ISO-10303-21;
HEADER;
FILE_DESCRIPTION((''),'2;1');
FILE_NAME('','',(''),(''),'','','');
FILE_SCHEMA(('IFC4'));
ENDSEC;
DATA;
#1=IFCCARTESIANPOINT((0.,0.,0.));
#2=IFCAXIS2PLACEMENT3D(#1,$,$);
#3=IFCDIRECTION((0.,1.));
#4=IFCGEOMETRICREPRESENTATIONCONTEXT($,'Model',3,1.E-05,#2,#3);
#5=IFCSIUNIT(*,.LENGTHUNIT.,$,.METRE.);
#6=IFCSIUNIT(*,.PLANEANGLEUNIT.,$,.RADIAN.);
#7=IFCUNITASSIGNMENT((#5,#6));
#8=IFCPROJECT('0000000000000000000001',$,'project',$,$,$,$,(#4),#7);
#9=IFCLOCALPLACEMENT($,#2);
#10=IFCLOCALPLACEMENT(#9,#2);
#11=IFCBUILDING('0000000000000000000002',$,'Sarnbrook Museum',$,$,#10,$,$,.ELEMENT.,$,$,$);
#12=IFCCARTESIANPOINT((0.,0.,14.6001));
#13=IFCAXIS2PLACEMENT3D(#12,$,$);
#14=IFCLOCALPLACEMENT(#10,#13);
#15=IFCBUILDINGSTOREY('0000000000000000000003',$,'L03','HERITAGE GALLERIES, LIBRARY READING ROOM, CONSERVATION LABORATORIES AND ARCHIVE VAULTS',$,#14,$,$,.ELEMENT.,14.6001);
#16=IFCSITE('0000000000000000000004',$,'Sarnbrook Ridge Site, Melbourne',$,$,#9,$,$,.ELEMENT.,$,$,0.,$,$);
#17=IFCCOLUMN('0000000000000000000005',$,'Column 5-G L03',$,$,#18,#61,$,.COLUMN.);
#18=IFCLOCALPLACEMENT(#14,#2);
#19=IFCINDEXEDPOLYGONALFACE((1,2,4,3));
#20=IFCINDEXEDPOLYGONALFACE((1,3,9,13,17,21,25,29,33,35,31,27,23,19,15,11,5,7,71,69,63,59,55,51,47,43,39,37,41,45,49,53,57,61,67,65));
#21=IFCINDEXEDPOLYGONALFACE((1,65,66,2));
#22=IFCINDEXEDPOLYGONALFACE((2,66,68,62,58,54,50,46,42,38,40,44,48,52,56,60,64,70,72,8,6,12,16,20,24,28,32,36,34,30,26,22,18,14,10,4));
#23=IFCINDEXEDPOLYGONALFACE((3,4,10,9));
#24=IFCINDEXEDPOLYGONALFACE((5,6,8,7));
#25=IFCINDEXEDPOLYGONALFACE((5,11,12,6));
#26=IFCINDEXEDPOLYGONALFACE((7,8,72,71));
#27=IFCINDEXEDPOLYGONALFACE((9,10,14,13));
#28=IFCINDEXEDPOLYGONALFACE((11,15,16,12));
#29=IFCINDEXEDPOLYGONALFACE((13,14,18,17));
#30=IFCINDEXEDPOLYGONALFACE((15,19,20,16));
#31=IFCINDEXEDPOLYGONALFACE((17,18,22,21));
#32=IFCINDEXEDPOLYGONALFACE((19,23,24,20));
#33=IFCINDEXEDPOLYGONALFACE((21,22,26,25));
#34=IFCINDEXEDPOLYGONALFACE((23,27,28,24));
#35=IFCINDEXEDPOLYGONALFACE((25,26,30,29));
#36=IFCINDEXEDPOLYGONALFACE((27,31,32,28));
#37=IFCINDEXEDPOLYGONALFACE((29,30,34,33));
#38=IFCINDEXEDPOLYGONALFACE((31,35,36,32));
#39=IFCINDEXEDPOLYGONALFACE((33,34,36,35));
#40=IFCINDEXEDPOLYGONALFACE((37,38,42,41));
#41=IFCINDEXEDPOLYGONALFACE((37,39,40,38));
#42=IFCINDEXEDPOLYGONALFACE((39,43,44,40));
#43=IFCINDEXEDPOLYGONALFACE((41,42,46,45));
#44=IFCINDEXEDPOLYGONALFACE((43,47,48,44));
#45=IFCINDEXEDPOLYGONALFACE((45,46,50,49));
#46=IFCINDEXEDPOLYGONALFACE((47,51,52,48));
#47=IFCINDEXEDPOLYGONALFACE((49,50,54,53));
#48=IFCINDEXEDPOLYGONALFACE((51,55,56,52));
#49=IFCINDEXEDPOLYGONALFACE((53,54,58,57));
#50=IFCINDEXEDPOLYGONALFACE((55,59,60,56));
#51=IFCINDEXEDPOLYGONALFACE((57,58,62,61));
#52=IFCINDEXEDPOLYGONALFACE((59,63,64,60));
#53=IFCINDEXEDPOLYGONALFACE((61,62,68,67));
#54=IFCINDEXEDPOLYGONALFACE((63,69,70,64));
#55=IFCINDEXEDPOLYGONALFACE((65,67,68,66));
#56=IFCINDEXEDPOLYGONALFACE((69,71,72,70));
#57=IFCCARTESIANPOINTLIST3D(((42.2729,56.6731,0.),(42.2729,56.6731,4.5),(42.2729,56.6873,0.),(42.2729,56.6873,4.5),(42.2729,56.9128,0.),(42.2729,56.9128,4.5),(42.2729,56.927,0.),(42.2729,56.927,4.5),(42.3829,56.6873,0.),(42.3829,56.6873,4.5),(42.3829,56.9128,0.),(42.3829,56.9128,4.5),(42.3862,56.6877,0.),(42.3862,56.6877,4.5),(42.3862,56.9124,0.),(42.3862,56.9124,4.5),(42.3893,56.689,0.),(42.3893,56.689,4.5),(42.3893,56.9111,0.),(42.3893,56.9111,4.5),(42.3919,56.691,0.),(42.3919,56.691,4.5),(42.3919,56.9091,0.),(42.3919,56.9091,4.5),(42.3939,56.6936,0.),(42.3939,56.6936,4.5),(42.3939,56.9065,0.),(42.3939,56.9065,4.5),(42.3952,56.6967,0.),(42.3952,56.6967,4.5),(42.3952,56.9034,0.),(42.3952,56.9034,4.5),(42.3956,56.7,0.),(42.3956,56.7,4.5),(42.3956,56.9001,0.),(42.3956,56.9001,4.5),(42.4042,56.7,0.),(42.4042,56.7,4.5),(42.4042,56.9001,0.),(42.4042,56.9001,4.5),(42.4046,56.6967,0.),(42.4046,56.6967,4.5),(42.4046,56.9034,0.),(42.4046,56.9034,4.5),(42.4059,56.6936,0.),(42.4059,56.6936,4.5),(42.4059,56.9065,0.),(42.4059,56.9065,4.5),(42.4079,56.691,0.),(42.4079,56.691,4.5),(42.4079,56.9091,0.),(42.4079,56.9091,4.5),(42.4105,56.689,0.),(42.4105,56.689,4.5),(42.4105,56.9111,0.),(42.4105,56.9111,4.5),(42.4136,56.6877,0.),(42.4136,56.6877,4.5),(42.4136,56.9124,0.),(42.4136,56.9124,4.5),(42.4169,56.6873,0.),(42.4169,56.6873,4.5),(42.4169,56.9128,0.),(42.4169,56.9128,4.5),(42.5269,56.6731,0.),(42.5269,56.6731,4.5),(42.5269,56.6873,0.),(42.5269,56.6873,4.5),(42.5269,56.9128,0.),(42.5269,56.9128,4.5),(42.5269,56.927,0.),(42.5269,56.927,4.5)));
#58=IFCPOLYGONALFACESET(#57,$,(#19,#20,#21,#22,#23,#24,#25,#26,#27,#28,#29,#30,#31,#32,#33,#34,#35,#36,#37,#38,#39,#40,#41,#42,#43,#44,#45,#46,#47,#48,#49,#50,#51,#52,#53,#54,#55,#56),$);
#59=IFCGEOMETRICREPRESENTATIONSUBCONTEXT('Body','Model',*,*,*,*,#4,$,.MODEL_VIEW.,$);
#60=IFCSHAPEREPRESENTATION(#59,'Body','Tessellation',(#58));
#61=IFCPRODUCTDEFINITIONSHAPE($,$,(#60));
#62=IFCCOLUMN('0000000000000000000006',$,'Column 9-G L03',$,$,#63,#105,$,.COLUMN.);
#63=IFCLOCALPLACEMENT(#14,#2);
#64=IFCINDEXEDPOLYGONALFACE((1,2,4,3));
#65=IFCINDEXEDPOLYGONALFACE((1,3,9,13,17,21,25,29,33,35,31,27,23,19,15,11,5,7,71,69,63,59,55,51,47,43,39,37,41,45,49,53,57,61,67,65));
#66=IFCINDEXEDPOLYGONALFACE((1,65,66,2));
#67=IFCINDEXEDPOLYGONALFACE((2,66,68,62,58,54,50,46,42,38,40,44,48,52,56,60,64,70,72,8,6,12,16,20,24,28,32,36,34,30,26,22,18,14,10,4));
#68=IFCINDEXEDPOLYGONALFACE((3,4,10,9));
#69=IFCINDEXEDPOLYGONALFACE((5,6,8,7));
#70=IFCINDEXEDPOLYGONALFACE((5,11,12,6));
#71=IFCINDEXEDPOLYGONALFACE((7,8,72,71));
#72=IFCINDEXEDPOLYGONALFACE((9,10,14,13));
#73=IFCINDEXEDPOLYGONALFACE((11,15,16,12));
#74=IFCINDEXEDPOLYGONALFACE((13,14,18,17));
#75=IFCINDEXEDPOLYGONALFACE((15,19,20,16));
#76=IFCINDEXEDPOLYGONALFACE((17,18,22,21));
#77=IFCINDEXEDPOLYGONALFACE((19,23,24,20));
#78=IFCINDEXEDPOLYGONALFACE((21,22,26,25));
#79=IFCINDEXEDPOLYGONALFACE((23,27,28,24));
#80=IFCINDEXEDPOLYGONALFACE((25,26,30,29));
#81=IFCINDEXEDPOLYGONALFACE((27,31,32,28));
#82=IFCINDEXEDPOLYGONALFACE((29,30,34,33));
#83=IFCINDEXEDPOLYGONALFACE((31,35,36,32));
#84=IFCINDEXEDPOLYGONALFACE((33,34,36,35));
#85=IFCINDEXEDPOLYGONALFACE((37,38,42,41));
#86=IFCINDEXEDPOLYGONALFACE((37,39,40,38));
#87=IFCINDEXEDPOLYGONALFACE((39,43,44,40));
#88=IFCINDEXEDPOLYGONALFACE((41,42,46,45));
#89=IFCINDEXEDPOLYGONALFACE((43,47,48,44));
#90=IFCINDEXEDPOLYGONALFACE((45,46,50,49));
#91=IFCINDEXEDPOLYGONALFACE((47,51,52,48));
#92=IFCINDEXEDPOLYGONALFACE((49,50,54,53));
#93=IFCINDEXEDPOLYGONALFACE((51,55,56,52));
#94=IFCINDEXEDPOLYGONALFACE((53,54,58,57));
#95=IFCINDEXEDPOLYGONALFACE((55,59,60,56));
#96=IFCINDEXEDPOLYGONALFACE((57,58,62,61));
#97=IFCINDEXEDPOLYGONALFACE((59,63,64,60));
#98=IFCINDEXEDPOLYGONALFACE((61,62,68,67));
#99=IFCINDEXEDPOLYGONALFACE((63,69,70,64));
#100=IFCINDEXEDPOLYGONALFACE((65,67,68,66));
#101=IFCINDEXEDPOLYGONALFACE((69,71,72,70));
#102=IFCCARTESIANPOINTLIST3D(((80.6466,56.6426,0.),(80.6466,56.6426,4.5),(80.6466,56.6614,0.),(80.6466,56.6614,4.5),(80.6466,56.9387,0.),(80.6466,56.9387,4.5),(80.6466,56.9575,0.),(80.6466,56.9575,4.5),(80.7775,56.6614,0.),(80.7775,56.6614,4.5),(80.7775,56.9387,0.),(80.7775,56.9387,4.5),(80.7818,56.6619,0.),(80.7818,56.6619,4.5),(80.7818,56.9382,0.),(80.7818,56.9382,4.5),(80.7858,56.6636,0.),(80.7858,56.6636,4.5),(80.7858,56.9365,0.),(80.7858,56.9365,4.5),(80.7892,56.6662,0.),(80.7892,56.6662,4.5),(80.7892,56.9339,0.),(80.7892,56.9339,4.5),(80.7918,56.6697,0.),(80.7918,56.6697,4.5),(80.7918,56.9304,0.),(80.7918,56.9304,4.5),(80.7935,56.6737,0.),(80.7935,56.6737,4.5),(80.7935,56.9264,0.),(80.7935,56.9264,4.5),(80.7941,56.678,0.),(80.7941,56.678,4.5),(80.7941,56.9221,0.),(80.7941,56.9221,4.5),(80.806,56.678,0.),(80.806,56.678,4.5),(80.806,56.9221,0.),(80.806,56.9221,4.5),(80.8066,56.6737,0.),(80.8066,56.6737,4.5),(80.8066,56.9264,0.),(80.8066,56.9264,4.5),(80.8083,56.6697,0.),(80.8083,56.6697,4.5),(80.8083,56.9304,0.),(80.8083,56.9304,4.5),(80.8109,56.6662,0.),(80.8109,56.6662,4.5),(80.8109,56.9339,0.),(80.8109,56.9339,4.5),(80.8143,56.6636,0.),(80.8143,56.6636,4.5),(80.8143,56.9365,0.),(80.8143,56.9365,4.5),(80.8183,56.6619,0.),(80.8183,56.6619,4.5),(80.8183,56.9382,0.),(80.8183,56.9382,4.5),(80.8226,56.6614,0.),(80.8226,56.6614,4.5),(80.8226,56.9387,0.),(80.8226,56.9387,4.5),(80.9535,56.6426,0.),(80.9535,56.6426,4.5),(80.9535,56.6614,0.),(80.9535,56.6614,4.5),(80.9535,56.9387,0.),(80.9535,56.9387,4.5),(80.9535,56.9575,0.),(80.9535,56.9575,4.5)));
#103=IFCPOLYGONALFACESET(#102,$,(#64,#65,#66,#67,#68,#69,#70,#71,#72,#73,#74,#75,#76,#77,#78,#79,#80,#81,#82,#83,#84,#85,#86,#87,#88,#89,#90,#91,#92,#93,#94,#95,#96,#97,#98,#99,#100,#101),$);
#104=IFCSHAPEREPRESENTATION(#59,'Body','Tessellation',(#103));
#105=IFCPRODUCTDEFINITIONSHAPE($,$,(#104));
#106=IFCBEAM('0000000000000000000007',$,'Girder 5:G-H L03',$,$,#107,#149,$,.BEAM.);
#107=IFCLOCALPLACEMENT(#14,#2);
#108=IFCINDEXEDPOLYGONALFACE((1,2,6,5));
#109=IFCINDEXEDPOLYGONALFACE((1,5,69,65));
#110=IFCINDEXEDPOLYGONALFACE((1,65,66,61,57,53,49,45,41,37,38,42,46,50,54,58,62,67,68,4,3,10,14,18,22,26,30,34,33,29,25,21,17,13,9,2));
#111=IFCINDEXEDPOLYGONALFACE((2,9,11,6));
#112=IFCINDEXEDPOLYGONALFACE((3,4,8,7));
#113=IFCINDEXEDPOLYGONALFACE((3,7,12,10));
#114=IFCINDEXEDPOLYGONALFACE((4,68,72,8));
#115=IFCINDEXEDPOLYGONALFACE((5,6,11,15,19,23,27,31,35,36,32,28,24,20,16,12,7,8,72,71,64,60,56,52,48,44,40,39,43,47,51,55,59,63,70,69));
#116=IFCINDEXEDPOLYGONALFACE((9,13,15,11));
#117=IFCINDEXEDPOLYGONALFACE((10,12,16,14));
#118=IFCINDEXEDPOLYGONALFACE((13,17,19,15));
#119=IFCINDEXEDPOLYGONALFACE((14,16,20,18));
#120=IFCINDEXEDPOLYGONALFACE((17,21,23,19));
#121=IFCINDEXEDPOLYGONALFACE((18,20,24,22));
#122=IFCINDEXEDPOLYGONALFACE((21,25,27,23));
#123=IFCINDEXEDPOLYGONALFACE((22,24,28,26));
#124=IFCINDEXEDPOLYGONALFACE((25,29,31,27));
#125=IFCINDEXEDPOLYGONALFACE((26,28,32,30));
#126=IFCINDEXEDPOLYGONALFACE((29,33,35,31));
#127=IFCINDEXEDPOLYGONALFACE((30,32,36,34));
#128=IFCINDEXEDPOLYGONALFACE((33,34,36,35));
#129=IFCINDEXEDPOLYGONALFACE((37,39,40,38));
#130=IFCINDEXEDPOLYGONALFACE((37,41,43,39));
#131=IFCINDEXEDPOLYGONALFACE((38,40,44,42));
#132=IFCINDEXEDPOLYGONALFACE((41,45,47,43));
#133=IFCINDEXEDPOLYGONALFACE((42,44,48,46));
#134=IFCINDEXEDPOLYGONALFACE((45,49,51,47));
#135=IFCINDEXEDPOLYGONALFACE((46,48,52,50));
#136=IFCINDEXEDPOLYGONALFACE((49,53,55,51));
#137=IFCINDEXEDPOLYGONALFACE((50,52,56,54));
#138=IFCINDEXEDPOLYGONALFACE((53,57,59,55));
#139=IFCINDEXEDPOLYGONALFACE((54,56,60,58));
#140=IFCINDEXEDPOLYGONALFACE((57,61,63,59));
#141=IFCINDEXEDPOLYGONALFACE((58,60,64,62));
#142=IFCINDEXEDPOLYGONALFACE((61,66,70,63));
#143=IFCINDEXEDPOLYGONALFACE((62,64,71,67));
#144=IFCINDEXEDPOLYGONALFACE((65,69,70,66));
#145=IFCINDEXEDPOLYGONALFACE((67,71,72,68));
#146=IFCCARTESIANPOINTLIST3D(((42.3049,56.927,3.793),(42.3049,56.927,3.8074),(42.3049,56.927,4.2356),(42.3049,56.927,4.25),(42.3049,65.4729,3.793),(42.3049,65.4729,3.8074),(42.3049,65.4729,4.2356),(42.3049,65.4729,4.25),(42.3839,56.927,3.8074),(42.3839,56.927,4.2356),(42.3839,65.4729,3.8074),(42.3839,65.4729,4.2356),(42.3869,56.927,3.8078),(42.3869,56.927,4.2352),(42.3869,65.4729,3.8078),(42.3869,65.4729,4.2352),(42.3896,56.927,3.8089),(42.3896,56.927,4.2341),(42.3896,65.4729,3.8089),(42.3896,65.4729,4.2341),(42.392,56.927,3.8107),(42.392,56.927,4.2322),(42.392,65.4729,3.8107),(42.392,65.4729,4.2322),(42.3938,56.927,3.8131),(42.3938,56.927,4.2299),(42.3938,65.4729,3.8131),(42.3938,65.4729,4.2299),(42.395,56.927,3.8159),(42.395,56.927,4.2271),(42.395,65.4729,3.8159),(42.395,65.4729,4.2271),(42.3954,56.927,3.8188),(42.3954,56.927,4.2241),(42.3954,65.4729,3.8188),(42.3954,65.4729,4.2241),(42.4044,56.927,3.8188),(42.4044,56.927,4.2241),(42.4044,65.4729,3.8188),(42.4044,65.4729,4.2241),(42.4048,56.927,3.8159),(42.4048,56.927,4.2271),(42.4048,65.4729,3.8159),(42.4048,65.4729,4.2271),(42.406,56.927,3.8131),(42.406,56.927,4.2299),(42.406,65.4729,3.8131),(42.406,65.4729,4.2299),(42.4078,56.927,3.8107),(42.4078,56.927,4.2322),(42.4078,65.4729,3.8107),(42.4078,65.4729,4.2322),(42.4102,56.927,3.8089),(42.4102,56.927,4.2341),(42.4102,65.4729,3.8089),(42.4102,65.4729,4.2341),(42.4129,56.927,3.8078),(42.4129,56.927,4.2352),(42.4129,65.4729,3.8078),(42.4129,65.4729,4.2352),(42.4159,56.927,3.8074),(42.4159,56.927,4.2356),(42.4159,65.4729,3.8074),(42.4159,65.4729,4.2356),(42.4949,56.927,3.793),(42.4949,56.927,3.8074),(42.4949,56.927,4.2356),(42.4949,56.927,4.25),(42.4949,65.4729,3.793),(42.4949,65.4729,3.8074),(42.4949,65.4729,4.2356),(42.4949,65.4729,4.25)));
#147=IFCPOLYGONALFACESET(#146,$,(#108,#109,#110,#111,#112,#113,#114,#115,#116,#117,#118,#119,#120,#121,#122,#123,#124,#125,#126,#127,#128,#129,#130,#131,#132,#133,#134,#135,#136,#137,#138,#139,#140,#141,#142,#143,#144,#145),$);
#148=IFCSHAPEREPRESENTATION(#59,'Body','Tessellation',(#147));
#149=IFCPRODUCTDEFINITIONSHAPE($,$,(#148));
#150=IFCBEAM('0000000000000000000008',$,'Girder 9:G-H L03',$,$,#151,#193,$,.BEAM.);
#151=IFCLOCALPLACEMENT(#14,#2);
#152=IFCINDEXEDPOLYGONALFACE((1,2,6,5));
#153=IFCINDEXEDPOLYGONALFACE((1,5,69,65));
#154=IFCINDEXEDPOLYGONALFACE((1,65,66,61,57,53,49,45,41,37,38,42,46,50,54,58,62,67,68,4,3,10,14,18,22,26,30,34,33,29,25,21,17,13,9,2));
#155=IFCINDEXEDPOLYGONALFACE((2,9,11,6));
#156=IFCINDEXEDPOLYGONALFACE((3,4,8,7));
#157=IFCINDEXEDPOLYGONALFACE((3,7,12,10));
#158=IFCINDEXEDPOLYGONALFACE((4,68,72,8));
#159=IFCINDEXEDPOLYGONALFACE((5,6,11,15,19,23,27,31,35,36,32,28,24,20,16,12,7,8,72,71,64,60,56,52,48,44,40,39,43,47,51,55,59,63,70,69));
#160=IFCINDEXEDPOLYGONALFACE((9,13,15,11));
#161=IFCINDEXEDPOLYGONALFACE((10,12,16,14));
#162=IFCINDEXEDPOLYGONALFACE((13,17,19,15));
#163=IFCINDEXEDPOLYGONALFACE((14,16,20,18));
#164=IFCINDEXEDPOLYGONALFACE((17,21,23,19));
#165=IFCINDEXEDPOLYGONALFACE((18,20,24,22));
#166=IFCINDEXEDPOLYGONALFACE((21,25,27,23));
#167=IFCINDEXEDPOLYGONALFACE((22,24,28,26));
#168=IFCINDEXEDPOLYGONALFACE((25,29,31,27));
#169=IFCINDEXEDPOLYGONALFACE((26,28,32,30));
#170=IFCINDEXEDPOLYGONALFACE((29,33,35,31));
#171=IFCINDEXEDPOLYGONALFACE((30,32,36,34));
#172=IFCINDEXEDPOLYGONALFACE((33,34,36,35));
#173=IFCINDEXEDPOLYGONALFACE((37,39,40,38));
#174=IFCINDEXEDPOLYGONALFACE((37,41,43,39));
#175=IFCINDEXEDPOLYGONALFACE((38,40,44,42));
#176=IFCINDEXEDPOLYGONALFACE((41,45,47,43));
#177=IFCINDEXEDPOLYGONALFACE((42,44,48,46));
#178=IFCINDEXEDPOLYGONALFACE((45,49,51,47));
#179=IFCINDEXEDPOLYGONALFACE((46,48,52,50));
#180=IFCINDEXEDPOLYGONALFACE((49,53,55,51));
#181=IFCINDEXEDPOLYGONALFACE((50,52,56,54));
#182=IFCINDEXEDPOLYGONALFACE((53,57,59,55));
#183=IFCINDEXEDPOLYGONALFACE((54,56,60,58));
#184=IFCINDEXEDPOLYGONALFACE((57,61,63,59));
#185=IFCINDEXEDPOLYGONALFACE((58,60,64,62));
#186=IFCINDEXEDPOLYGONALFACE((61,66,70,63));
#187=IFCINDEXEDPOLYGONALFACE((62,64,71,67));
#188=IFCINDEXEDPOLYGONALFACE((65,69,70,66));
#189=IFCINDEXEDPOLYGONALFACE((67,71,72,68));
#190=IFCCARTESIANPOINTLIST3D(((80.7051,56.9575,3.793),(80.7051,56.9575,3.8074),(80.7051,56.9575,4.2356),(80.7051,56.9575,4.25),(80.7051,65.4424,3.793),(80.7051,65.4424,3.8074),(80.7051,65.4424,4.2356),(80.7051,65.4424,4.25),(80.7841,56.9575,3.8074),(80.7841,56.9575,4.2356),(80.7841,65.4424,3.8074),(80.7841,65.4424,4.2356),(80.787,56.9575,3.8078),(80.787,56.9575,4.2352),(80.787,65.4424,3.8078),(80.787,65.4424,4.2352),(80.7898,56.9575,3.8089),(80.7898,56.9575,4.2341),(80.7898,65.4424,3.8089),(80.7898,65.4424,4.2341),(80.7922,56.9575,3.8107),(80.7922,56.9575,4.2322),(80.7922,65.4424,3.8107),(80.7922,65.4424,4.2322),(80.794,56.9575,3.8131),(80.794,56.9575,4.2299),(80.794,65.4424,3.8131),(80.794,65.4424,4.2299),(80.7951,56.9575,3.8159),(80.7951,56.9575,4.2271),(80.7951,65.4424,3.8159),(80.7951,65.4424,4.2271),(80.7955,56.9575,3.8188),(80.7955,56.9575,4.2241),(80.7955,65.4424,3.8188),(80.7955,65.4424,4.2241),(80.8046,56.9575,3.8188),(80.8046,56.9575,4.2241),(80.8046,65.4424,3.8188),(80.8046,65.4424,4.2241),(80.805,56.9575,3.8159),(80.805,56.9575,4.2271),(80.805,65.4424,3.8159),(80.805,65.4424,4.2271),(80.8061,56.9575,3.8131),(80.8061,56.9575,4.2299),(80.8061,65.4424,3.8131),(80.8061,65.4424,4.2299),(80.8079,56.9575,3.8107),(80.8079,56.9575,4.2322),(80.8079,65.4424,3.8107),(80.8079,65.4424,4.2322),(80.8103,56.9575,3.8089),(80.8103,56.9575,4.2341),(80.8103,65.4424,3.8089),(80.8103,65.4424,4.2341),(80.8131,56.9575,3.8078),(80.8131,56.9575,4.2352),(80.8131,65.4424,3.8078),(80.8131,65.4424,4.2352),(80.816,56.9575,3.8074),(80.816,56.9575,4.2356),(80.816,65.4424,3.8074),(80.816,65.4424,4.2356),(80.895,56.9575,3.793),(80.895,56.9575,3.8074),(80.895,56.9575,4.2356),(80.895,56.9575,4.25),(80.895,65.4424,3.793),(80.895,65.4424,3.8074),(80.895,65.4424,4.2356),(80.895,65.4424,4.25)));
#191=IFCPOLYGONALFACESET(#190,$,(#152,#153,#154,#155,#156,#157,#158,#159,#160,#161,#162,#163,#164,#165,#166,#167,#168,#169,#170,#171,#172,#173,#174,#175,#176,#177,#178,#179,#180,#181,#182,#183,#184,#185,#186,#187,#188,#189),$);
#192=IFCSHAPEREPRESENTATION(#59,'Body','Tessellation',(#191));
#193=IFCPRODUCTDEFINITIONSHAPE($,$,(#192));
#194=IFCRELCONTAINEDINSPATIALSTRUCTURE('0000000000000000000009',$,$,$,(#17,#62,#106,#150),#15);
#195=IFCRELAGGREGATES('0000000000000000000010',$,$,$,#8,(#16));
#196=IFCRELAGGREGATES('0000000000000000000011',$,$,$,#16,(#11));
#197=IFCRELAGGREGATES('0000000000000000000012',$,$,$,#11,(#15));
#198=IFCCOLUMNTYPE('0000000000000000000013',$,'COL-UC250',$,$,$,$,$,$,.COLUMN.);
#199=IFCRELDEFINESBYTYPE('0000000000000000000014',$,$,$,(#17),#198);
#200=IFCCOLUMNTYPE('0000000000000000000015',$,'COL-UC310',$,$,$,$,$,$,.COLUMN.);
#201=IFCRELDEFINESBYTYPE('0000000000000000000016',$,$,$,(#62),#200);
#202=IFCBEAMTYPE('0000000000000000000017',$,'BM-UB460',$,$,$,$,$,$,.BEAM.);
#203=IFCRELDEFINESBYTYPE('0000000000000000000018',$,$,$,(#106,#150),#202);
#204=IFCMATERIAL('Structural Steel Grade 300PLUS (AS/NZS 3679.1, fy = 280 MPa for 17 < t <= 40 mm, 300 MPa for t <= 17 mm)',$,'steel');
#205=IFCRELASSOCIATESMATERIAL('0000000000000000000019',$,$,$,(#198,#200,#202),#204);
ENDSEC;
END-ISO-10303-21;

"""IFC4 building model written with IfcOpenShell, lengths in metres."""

from ifc_helpers import new_model, si_unit, direction, frame, origin, origin_2d, place, context, subcontext, project, spatial, i_section, extrude, material, material_profile, profile_set, type_object, element, save


model = new_model("IFC4")

# Units and contexts
model_context = context("Model", 3, precision=1e-05, world=origin(), true_north=direction((0.0, 1.0)))
body_context = subcontext(model_context, "Body", "Model", "MODEL_VIEW")
ifc_project = project(units=[si_unit("LENGTHUNIT", "METRE"), si_unit("PLANEANGLEUNIT", "RADIAN")], contexts=[model_context])

# Site, building, storey
site_placement = place(None, origin())
site = spatial("IfcSite", under=ifc_project, at=site_placement, Name="Sarnbrook Ridge Site, Melbourne", CompositionType="ELEMENT", RefElevation=0.0)
building_placement = place(site_placement, origin())
building = spatial("IfcBuilding", under=site, at=building_placement, Name="Sarnbrook Museum", CompositionType="ELEMENT")
storey_placement = place(building_placement, frame((0.0, 0.0, 14.6001)))
storey = spatial("IfcBuildingStorey", under=building, at=storey_placement, Name="L03", Description="HERITAGE GALLERIES, LIBRARY READING ROOM, CONSERVATION LABORATORIES AND ARCHIVE VAULTS", CompositionType="ELEMENT", Elevation=14.6001)

# Columns
ifc_material_1 = material(Name="Structural Steel Grade 300PLUS (AS/NZS 3679.1, fy = 280 MPa for 17 < t <= 40 mm, 300 MPa for t <= 17 mm)", Category="steel")
ifc_material_profile_1 = material_profile(ifc_material_1, i_section(OverallWidth=0.2539, OverallDepth=0.2539, WebThickness=0.0085, FlangeThickness=0.0142, FilletRadius=0.0127, at=origin_2d()), Name="250UC72.9")
ifc_profile_set_1 = profile_set([ifc_material_profile_1], Name="Structural Steel Grade 300PLUS (AS/NZS 3679.1, fy = 280 MPa for 17 < t <= 40 mm, 300 MPa for t <= 17 mm)")
column_type_1 = type_object("IfcColumnType", Name="COL-UC250", PredefinedType="COLUMN", material=ifc_profile_set_1)
column_1_placement = place(storey_placement, frame((42.3999, 56.8, 0.0), z_axis=(0.0, 0.0, 1.0), x_axis=(1.0, 0.0, 0.0)))
element("IfcColumn", 1, at=column_1_placement, inside=storey, type_object=column_type_1, Name="Column 5-G L03", PredefinedType="COLUMN", context=body_context, shape_type="SweptSolid", body=[
    extrude(i_section(OverallWidth=0.2539, OverallDepth=0.2539, WebThickness=0.0085, FlangeThickness=0.0142, FilletRadius=0.0127, at=origin_2d()), origin(), (0.0, 0.0, 1.0), 4.5),
])
ifc_material_profile_2 = material_profile(ifc_material_1, i_section(OverallWidth=0.3069, OverallDepth=0.3149, WebThickness=0.012, FlangeThickness=0.0188, FilletRadius=0.0166, at=origin_2d()), Name="310UC118")
ifc_profile_set_2 = profile_set([ifc_material_profile_2], Name="Structural Steel Grade 300PLUS (AS/NZS 3679.1, fy = 280 MPa for 17 < t <= 40 mm, 300 MPa for t <= 17 mm)")
column_type_2 = type_object("IfcColumnType", Name="COL-UC310", PredefinedType="COLUMN", material=ifc_profile_set_2)
column_2_placement = place(storey_placement, frame((80.8, 56.8, 0.0), z_axis=(0.0, 0.0, 1.0), x_axis=(1.0, 0.0, 0.0)))
element("IfcColumn", 2, at=column_2_placement, inside=storey, type_object=column_type_2, Name="Column 9-G L03", PredefinedType="COLUMN", context=body_context, shape_type="SweptSolid", body=[
    extrude(i_section(OverallWidth=0.3069, OverallDepth=0.3149, WebThickness=0.012, FlangeThickness=0.0188, FilletRadius=0.0166, at=origin_2d()), origin(), (0.0, 0.0, 1.0), 4.5),
])

# Beams
ifc_material_profile_3 = material_profile(ifc_material_1, i_section(OverallWidth=0.1899, OverallDepth=0.457, WebThickness=0.009, FlangeThickness=0.0144, FilletRadius=0.0115, at=origin_2d()), Name="460UB74.6")
ifc_profile_set_3 = profile_set([ifc_material_profile_3], Name="Structural Steel Grade 300PLUS (AS/NZS 3679.1, fy = 280 MPa for 17 < t <= 40 mm, 300 MPa for t <= 17 mm)")
beam_type_1 = type_object("IfcBeamType", Name="BM-UB460", PredefinedType="BEAM", material=ifc_profile_set_3)
beam_1_placement = place(storey_placement, frame((42.3999, 56.927, 4.0215), z_axis=(0.0, 1.0, 0.0), x_axis=(-1.0, 0.0, 0.0)))
element("IfcBeam", 3, at=beam_1_placement, inside=storey, type_object=beam_type_1, Name="Girder 5:G-H L03", PredefinedType="BEAM", context=body_context, shape_type="SweptSolid", body=[
    extrude(i_section(OverallWidth=0.1899, OverallDepth=0.457, WebThickness=0.009, FlangeThickness=0.0144, FilletRadius=0.0115, at=origin_2d()), origin(), (0.0, 0.0, 1.0), 8.5459),
])
beam_2_placement = place(storey_placement, frame((80.8, 56.9575, 4.0215), z_axis=(0.0, 1.0, 0.0), x_axis=(-1.0, 0.0, 0.0)))
element("IfcBeam", 4, at=beam_2_placement, inside=storey, type_object=beam_type_1, Name="Girder 9:G-H L03", PredefinedType="BEAM", context=body_context, shape_type="SweptSolid", body=[
    extrude(i_section(OverallWidth=0.1899, OverallDepth=0.457, WebThickness=0.009, FlangeThickness=0.0144, FilletRadius=0.0115, at=origin_2d()), origin(), (0.0, 0.0, 1.0), 8.4849),
])

save(model, "model.ifc")
